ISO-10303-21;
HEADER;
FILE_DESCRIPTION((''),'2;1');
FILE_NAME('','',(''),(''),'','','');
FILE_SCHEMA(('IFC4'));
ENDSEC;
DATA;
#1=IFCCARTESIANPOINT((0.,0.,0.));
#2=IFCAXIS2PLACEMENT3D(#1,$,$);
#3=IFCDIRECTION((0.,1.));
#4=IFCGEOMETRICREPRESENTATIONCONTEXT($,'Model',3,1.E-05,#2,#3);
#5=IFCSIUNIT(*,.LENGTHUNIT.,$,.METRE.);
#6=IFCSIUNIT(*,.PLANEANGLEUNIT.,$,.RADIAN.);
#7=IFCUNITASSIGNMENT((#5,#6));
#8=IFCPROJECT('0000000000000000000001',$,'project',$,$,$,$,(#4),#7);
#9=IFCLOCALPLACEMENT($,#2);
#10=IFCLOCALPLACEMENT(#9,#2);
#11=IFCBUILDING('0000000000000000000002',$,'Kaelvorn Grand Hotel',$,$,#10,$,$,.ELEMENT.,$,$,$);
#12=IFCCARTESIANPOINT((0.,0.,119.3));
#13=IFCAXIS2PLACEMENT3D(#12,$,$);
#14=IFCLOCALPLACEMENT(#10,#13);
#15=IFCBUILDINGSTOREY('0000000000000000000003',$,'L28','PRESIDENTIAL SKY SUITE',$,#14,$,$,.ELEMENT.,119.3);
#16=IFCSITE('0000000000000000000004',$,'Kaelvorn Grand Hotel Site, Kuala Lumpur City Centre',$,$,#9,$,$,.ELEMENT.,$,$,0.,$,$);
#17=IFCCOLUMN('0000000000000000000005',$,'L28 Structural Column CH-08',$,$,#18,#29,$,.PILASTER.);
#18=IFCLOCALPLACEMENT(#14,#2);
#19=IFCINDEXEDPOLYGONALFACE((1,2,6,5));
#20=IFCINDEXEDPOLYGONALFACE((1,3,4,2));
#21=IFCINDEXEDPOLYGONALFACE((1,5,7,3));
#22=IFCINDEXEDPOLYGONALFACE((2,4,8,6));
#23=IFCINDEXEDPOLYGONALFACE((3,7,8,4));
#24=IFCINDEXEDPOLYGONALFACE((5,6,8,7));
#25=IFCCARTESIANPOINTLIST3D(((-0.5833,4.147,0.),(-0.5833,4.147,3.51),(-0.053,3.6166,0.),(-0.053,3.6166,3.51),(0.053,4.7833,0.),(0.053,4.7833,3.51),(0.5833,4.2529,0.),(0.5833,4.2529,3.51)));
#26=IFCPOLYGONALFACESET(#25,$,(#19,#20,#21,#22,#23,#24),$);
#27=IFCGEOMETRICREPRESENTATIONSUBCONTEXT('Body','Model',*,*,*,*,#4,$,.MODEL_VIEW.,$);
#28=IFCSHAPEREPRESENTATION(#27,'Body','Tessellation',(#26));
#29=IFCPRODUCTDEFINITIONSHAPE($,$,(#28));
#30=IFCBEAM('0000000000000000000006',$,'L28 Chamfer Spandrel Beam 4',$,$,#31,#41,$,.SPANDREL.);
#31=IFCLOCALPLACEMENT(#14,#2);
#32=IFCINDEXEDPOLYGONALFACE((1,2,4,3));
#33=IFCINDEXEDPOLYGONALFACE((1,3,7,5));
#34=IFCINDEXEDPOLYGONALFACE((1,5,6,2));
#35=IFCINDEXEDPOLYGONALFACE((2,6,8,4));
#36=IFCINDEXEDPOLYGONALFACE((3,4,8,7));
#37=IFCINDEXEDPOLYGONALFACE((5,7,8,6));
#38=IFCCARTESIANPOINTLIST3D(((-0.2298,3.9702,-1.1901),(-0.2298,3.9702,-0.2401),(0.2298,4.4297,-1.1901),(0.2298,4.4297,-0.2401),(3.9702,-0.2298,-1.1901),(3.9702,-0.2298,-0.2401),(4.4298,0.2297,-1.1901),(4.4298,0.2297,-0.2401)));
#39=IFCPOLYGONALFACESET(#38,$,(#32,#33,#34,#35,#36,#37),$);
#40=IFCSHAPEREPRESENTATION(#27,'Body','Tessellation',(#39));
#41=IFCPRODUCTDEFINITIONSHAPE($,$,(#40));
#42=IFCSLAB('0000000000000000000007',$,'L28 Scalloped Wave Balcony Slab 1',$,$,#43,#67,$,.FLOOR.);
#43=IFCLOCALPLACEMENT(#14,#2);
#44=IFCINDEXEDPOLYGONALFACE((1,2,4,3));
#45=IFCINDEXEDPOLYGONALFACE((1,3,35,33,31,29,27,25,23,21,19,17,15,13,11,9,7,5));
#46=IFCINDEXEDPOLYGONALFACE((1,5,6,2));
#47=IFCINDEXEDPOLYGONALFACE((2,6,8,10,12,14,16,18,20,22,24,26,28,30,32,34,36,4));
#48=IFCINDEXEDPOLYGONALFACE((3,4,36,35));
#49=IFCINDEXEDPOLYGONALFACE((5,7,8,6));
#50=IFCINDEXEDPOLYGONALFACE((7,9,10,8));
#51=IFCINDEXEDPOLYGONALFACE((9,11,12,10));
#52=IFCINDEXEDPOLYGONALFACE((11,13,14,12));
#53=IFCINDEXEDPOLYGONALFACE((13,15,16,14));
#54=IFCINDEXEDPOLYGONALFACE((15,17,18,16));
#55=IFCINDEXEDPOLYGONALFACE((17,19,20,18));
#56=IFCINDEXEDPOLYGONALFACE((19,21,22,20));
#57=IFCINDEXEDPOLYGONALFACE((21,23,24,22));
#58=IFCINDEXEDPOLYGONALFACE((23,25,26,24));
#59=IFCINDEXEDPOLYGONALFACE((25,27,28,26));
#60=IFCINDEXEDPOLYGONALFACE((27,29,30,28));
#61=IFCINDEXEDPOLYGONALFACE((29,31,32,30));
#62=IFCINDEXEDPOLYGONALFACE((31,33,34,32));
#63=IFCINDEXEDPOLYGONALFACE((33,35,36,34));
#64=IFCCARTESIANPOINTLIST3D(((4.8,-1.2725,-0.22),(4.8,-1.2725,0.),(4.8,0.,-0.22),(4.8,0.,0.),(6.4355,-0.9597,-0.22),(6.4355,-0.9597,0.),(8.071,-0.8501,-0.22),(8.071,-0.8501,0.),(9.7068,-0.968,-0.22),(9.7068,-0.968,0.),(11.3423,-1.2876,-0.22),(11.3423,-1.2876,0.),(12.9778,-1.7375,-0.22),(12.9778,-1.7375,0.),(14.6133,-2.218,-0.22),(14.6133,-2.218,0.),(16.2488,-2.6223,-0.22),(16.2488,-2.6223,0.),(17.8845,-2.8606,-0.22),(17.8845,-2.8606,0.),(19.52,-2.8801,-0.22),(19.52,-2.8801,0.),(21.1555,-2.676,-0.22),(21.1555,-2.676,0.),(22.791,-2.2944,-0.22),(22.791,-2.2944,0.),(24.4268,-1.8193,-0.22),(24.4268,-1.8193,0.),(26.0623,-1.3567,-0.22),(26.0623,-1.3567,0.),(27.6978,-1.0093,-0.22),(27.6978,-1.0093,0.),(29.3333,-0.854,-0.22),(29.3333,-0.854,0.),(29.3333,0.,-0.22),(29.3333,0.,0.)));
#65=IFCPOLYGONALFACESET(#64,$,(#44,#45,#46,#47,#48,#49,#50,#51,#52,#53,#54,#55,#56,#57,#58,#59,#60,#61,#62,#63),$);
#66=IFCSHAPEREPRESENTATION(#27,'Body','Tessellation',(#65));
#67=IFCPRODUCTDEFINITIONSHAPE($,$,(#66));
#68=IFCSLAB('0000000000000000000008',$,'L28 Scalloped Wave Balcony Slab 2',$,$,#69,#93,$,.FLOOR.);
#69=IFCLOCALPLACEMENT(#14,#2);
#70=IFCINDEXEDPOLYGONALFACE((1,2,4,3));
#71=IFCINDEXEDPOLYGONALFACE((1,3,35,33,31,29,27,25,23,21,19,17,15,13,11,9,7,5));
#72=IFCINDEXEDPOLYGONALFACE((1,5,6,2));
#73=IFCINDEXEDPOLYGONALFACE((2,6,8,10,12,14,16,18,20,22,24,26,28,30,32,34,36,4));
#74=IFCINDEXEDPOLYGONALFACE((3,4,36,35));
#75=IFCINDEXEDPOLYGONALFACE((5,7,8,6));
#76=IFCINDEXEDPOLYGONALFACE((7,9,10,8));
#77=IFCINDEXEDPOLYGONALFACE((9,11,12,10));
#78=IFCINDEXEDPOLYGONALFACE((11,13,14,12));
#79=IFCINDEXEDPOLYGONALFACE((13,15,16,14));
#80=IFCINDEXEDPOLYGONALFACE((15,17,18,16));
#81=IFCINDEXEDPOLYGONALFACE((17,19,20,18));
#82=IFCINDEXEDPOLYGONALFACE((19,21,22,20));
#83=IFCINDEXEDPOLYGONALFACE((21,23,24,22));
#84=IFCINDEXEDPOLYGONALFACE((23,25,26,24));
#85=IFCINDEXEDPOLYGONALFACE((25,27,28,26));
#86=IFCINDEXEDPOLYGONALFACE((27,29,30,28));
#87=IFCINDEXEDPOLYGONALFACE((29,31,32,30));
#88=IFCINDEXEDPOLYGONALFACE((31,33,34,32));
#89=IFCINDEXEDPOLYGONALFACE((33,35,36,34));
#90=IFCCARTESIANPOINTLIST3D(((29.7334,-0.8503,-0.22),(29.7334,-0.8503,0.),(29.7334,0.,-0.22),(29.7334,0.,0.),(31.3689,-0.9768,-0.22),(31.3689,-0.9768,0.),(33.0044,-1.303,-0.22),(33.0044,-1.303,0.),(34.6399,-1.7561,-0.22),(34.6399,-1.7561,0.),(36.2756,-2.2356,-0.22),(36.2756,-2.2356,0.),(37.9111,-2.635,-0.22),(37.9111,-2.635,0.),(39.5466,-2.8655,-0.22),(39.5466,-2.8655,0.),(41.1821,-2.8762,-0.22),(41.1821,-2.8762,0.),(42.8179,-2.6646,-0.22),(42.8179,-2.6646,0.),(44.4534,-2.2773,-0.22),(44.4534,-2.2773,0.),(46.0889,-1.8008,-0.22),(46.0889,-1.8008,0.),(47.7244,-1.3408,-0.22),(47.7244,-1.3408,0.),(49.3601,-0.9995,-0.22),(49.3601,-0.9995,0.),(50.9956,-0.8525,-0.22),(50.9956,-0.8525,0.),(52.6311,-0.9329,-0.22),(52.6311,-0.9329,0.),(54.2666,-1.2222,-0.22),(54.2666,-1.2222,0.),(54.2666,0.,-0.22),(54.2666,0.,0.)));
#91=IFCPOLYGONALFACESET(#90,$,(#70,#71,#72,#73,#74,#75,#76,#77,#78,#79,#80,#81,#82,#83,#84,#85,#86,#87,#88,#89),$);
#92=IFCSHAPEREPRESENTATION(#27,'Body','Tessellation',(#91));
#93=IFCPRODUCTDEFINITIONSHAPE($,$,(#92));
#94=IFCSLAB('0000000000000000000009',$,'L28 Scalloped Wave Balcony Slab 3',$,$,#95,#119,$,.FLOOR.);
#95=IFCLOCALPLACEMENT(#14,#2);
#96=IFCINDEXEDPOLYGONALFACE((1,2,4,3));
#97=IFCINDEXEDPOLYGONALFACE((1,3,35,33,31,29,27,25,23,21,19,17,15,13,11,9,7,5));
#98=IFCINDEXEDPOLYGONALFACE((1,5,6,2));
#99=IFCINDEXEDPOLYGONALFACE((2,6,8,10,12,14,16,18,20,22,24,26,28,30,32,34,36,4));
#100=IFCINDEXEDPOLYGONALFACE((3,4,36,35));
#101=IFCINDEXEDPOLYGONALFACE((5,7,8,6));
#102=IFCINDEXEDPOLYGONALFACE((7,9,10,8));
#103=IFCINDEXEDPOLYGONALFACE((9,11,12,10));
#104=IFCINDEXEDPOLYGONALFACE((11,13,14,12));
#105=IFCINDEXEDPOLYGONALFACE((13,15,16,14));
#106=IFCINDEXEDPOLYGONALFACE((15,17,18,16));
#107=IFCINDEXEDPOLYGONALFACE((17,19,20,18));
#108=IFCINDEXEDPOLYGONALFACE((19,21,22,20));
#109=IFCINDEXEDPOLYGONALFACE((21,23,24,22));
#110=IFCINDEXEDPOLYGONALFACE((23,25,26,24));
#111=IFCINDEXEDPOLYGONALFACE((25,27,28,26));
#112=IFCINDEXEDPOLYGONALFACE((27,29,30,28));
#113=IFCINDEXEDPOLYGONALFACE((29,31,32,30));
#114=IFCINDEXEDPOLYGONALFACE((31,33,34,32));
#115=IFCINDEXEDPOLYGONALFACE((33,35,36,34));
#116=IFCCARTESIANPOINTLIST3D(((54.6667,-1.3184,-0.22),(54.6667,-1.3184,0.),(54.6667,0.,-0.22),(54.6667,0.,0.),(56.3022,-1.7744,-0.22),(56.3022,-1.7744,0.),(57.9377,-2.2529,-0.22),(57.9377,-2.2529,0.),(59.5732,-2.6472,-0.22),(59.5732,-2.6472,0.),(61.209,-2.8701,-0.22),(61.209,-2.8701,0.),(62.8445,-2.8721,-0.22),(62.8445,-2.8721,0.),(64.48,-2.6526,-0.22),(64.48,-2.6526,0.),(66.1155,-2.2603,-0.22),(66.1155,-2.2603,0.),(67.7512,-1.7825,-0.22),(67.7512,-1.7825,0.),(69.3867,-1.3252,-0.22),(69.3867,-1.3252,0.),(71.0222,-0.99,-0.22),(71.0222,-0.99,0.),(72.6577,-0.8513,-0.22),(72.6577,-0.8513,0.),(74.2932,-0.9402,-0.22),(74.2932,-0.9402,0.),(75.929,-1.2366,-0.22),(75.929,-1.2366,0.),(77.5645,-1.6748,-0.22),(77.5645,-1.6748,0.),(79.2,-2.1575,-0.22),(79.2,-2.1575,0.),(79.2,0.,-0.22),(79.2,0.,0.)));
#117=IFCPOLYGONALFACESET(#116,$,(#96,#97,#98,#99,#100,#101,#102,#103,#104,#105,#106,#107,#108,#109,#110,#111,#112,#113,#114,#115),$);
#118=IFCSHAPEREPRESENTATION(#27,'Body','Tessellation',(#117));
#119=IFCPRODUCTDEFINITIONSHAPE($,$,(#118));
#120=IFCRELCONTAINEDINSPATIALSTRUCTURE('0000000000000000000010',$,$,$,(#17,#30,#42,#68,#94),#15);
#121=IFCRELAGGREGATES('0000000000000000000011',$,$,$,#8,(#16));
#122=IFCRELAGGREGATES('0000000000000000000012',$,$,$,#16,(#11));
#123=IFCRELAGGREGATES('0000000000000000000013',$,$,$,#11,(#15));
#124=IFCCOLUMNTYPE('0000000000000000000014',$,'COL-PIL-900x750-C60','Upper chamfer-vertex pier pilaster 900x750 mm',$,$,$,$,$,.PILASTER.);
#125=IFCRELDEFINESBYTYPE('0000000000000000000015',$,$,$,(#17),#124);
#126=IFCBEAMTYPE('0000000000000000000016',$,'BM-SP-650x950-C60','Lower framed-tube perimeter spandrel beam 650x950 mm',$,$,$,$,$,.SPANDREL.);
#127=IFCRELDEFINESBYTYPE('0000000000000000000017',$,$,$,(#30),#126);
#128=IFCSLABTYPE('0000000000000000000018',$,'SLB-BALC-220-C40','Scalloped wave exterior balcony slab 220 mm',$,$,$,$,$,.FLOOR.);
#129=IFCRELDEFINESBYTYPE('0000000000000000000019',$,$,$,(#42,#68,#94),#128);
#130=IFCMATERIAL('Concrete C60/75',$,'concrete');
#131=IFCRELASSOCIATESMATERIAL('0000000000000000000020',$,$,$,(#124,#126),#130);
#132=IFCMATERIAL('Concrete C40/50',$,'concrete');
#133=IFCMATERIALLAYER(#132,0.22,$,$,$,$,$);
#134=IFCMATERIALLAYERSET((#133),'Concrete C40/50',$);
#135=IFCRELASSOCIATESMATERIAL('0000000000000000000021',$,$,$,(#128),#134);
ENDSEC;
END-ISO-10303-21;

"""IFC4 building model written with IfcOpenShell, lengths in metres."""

from ifc_helpers import new_model, si_unit, direction, frame, origin, origin_2d, place, context, subcontext, project, spatial, polyline, rectangle, outline, extrude, material, layer, layer_set, material_profile, profile_set, type_object, element, save


model = new_model("IFC4")

# Units and contexts
model_context = context("Model", 3, precision=1e-05, world=origin(), true_north=direction((0.0, 1.0)))
body_context = subcontext(model_context, "Body", "Model", "MODEL_VIEW")
ifc_project = project(units=[si_unit("LENGTHUNIT", "METRE"), si_unit("PLANEANGLEUNIT", "RADIAN")], contexts=[model_context])

# Site, building, storey
site_placement = place(None, origin())
site = spatial("IfcSite", under=ifc_project, at=site_placement, Name="Kaelvorn Grand Hotel Site, Kuala Lumpur City Centre", CompositionType="ELEMENT", RefElevation=0.0)
building_placement = place(site_placement, origin())
building = spatial("IfcBuilding", under=site, at=building_placement, Name="Kaelvorn Grand Hotel", CompositionType="ELEMENT")
storey_placement = place(building_placement, frame((0.0, 0.0, 119.3)))
storey = spatial("IfcBuildingStorey", under=building, at=storey_placement, Name="L28", Description="PRESIDENTIAL SKY SUITE", CompositionType="ELEMENT", Elevation=119.3)

# Column
ifc_material_1 = material(Name="Concrete C60/75", Category="concrete")
ifc_material_profile_1 = material_profile(ifc_material_1, rectangle(XDim=0.8999, YDim=0.75, at=origin_2d()), Name="RC PILASTER 900x750")
ifc_profile_set_1 = profile_set([ifc_material_profile_1], Name="Concrete C60/75")
column_type = type_object("IfcColumnType", Name="COL-PIL-900x750-C60", Description="Upper chamfer-vertex pier pilaster 900x750 mm", PredefinedType="PILASTER", material=ifc_profile_set_1)
column_placement = place(storey_placement, frame((0.0, 4.2, 0.0), z_axis=(0.0, 0.0, 1.0), x_axis=(0.707107, 0.707107, 0.0)))
element("IfcColumn", 1, at=column_placement, inside=storey, type_object=column_type, Name="L28 Structural Column CH-08", PredefinedType="PILASTER", context=body_context, shape_type="SweptSolid", body=[
    extrude(rectangle(XDim=0.8999, YDim=0.75, at=origin_2d()), origin(), (0.0, 0.0, 1.0), 3.51),
])

# Beam
ifc_material_profile_2 = material_profile(ifc_material_1, rectangle(XDim=0.6499, YDim=0.95, at=origin_2d()), Name="RC SPANDREL 650x950")
ifc_profile_set_2 = profile_set([ifc_material_profile_2], Name="Concrete C60/75")
beam_type = type_object("IfcBeamType", Name="BM-SP-650x950-C60", Description="Lower framed-tube perimeter spandrel beam 650x950 mm", PredefinedType="SPANDREL", material=ifc_profile_set_2)
beam_placement = place(storey_placement, frame((0.0, 4.2, -0.7151), z_axis=(0.707107, -0.707107, 0.0), x_axis=(0.707107, 0.707107, 0.0)))
element("IfcBeam", 2, at=beam_placement, inside=storey, type_object=beam_type, Name="L28 Chamfer Spandrel Beam 4", PredefinedType="SPANDREL", context=body_context, shape_type="SweptSolid", body=[
    extrude(rectangle(XDim=0.6499, YDim=0.95, at=origin_2d()), origin(), (0.0, 0.0, 1.0), 5.9397),
])

# Slabs
ifc_material_2 = material(Name="Concrete C40/50", Category="concrete")
ifc_layer_1 = layer(ifc_material_2, 0.22)
ifc_layer_set_1 = layer_set([ifc_layer_1], Name="Concrete C40/50")
slab_type_1 = type_object("IfcSlabType", Name="SLB-BALC-220-C40", Description="Scalloped wave exterior balcony slab 220 mm", PredefinedType="FLOOR", material=ifc_layer_set_1)
slab_1_placement = place(storey_placement, frame((0.0, 0.0, -0.22)))
element("IfcSlab", 3, at=slab_1_placement, inside=storey, type_object=slab_type_1, Name="L28 Scalloped Wave Balcony Slab 1", PredefinedType="FLOOR", context=body_context, shape_type="SweptSolid", body=[
    extrude(outline(polyline([(4.8, -1.2725), (6.4355, -0.9597), (8.071, -0.8501), (9.7068, -0.968), (11.3423, -1.2876), (12.9778, -1.7375), (14.6133, -2.218), (16.2488, -2.6223), (17.8845, -2.8606), (19.52, -2.8801), (21.1555, -2.676), (22.791, -2.2944), (24.4268, -1.8193), (26.0623, -1.3567), (27.6978, -1.0093), (29.3333, -0.854), (29.3333, 0.0), (4.8, 0.0), (4.8, -1.2725)])), origin(), (0.0, 0.0, 1.0), 0.22),
])
slab_2_placement = place(storey_placement, frame((0.0, 0.0, -0.22)))
element("IfcSlab", 4, at=slab_2_placement, inside=storey, type_object=slab_type_1, Name="L28 Scalloped Wave Balcony Slab 2", PredefinedType="FLOOR", context=body_context, shape_type="SweptSolid", body=[
    extrude(outline(polyline([(29.7334, -0.8503), (31.3689, -0.9768), (33.0044, -1.303), (34.6399, -1.7561), (36.2756, -2.2356), (37.9111, -2.635), (39.5466, -2.8655), (41.1821, -2.8762), (42.8179, -2.6646), (44.4534, -2.2773), (46.0889, -1.8008), (47.7244, -1.3408), (49.3601, -0.9995), (50.9956, -0.8525), (52.6311, -0.9329), (54.2666, -1.2222), (54.2666, 0.0), (29.7334, 0.0), (29.7334, -0.8503)])), origin(), (0.0, 0.0, 1.0), 0.22),
])
slab_3_placement = place(storey_placement, frame((0.0, 0.0, -0.22)))
element("IfcSlab", 5, at=slab_3_placement, inside=storey, type_object=slab_type_1, Name="L28 Scalloped Wave Balcony Slab 3", PredefinedType="FLOOR", context=body_context, shape_type="SweptSolid", body=[
    extrude(outline(polyline([(54.6667, -1.3184), (56.3022, -1.7744), (57.9377, -2.2529), (59.5732, -2.6472), (61.209, -2.8701), (62.8445, -2.8721), (64.48, -2.6526), (66.1155, -2.2603), (67.7512, -1.7825), (69.3867, -1.3252), (71.0222, -0.99), (72.6577, -0.8513), (74.2932, -0.9402), (75.929, -1.2366), (77.5645, -1.6748), (79.2, -2.1575), (79.2, 0.0), (54.6667, 0.0), (54.6667, -1.3184)])), origin(), (0.0, 0.0, 1.0), 0.22),
])

save(model, "model.ifc")
